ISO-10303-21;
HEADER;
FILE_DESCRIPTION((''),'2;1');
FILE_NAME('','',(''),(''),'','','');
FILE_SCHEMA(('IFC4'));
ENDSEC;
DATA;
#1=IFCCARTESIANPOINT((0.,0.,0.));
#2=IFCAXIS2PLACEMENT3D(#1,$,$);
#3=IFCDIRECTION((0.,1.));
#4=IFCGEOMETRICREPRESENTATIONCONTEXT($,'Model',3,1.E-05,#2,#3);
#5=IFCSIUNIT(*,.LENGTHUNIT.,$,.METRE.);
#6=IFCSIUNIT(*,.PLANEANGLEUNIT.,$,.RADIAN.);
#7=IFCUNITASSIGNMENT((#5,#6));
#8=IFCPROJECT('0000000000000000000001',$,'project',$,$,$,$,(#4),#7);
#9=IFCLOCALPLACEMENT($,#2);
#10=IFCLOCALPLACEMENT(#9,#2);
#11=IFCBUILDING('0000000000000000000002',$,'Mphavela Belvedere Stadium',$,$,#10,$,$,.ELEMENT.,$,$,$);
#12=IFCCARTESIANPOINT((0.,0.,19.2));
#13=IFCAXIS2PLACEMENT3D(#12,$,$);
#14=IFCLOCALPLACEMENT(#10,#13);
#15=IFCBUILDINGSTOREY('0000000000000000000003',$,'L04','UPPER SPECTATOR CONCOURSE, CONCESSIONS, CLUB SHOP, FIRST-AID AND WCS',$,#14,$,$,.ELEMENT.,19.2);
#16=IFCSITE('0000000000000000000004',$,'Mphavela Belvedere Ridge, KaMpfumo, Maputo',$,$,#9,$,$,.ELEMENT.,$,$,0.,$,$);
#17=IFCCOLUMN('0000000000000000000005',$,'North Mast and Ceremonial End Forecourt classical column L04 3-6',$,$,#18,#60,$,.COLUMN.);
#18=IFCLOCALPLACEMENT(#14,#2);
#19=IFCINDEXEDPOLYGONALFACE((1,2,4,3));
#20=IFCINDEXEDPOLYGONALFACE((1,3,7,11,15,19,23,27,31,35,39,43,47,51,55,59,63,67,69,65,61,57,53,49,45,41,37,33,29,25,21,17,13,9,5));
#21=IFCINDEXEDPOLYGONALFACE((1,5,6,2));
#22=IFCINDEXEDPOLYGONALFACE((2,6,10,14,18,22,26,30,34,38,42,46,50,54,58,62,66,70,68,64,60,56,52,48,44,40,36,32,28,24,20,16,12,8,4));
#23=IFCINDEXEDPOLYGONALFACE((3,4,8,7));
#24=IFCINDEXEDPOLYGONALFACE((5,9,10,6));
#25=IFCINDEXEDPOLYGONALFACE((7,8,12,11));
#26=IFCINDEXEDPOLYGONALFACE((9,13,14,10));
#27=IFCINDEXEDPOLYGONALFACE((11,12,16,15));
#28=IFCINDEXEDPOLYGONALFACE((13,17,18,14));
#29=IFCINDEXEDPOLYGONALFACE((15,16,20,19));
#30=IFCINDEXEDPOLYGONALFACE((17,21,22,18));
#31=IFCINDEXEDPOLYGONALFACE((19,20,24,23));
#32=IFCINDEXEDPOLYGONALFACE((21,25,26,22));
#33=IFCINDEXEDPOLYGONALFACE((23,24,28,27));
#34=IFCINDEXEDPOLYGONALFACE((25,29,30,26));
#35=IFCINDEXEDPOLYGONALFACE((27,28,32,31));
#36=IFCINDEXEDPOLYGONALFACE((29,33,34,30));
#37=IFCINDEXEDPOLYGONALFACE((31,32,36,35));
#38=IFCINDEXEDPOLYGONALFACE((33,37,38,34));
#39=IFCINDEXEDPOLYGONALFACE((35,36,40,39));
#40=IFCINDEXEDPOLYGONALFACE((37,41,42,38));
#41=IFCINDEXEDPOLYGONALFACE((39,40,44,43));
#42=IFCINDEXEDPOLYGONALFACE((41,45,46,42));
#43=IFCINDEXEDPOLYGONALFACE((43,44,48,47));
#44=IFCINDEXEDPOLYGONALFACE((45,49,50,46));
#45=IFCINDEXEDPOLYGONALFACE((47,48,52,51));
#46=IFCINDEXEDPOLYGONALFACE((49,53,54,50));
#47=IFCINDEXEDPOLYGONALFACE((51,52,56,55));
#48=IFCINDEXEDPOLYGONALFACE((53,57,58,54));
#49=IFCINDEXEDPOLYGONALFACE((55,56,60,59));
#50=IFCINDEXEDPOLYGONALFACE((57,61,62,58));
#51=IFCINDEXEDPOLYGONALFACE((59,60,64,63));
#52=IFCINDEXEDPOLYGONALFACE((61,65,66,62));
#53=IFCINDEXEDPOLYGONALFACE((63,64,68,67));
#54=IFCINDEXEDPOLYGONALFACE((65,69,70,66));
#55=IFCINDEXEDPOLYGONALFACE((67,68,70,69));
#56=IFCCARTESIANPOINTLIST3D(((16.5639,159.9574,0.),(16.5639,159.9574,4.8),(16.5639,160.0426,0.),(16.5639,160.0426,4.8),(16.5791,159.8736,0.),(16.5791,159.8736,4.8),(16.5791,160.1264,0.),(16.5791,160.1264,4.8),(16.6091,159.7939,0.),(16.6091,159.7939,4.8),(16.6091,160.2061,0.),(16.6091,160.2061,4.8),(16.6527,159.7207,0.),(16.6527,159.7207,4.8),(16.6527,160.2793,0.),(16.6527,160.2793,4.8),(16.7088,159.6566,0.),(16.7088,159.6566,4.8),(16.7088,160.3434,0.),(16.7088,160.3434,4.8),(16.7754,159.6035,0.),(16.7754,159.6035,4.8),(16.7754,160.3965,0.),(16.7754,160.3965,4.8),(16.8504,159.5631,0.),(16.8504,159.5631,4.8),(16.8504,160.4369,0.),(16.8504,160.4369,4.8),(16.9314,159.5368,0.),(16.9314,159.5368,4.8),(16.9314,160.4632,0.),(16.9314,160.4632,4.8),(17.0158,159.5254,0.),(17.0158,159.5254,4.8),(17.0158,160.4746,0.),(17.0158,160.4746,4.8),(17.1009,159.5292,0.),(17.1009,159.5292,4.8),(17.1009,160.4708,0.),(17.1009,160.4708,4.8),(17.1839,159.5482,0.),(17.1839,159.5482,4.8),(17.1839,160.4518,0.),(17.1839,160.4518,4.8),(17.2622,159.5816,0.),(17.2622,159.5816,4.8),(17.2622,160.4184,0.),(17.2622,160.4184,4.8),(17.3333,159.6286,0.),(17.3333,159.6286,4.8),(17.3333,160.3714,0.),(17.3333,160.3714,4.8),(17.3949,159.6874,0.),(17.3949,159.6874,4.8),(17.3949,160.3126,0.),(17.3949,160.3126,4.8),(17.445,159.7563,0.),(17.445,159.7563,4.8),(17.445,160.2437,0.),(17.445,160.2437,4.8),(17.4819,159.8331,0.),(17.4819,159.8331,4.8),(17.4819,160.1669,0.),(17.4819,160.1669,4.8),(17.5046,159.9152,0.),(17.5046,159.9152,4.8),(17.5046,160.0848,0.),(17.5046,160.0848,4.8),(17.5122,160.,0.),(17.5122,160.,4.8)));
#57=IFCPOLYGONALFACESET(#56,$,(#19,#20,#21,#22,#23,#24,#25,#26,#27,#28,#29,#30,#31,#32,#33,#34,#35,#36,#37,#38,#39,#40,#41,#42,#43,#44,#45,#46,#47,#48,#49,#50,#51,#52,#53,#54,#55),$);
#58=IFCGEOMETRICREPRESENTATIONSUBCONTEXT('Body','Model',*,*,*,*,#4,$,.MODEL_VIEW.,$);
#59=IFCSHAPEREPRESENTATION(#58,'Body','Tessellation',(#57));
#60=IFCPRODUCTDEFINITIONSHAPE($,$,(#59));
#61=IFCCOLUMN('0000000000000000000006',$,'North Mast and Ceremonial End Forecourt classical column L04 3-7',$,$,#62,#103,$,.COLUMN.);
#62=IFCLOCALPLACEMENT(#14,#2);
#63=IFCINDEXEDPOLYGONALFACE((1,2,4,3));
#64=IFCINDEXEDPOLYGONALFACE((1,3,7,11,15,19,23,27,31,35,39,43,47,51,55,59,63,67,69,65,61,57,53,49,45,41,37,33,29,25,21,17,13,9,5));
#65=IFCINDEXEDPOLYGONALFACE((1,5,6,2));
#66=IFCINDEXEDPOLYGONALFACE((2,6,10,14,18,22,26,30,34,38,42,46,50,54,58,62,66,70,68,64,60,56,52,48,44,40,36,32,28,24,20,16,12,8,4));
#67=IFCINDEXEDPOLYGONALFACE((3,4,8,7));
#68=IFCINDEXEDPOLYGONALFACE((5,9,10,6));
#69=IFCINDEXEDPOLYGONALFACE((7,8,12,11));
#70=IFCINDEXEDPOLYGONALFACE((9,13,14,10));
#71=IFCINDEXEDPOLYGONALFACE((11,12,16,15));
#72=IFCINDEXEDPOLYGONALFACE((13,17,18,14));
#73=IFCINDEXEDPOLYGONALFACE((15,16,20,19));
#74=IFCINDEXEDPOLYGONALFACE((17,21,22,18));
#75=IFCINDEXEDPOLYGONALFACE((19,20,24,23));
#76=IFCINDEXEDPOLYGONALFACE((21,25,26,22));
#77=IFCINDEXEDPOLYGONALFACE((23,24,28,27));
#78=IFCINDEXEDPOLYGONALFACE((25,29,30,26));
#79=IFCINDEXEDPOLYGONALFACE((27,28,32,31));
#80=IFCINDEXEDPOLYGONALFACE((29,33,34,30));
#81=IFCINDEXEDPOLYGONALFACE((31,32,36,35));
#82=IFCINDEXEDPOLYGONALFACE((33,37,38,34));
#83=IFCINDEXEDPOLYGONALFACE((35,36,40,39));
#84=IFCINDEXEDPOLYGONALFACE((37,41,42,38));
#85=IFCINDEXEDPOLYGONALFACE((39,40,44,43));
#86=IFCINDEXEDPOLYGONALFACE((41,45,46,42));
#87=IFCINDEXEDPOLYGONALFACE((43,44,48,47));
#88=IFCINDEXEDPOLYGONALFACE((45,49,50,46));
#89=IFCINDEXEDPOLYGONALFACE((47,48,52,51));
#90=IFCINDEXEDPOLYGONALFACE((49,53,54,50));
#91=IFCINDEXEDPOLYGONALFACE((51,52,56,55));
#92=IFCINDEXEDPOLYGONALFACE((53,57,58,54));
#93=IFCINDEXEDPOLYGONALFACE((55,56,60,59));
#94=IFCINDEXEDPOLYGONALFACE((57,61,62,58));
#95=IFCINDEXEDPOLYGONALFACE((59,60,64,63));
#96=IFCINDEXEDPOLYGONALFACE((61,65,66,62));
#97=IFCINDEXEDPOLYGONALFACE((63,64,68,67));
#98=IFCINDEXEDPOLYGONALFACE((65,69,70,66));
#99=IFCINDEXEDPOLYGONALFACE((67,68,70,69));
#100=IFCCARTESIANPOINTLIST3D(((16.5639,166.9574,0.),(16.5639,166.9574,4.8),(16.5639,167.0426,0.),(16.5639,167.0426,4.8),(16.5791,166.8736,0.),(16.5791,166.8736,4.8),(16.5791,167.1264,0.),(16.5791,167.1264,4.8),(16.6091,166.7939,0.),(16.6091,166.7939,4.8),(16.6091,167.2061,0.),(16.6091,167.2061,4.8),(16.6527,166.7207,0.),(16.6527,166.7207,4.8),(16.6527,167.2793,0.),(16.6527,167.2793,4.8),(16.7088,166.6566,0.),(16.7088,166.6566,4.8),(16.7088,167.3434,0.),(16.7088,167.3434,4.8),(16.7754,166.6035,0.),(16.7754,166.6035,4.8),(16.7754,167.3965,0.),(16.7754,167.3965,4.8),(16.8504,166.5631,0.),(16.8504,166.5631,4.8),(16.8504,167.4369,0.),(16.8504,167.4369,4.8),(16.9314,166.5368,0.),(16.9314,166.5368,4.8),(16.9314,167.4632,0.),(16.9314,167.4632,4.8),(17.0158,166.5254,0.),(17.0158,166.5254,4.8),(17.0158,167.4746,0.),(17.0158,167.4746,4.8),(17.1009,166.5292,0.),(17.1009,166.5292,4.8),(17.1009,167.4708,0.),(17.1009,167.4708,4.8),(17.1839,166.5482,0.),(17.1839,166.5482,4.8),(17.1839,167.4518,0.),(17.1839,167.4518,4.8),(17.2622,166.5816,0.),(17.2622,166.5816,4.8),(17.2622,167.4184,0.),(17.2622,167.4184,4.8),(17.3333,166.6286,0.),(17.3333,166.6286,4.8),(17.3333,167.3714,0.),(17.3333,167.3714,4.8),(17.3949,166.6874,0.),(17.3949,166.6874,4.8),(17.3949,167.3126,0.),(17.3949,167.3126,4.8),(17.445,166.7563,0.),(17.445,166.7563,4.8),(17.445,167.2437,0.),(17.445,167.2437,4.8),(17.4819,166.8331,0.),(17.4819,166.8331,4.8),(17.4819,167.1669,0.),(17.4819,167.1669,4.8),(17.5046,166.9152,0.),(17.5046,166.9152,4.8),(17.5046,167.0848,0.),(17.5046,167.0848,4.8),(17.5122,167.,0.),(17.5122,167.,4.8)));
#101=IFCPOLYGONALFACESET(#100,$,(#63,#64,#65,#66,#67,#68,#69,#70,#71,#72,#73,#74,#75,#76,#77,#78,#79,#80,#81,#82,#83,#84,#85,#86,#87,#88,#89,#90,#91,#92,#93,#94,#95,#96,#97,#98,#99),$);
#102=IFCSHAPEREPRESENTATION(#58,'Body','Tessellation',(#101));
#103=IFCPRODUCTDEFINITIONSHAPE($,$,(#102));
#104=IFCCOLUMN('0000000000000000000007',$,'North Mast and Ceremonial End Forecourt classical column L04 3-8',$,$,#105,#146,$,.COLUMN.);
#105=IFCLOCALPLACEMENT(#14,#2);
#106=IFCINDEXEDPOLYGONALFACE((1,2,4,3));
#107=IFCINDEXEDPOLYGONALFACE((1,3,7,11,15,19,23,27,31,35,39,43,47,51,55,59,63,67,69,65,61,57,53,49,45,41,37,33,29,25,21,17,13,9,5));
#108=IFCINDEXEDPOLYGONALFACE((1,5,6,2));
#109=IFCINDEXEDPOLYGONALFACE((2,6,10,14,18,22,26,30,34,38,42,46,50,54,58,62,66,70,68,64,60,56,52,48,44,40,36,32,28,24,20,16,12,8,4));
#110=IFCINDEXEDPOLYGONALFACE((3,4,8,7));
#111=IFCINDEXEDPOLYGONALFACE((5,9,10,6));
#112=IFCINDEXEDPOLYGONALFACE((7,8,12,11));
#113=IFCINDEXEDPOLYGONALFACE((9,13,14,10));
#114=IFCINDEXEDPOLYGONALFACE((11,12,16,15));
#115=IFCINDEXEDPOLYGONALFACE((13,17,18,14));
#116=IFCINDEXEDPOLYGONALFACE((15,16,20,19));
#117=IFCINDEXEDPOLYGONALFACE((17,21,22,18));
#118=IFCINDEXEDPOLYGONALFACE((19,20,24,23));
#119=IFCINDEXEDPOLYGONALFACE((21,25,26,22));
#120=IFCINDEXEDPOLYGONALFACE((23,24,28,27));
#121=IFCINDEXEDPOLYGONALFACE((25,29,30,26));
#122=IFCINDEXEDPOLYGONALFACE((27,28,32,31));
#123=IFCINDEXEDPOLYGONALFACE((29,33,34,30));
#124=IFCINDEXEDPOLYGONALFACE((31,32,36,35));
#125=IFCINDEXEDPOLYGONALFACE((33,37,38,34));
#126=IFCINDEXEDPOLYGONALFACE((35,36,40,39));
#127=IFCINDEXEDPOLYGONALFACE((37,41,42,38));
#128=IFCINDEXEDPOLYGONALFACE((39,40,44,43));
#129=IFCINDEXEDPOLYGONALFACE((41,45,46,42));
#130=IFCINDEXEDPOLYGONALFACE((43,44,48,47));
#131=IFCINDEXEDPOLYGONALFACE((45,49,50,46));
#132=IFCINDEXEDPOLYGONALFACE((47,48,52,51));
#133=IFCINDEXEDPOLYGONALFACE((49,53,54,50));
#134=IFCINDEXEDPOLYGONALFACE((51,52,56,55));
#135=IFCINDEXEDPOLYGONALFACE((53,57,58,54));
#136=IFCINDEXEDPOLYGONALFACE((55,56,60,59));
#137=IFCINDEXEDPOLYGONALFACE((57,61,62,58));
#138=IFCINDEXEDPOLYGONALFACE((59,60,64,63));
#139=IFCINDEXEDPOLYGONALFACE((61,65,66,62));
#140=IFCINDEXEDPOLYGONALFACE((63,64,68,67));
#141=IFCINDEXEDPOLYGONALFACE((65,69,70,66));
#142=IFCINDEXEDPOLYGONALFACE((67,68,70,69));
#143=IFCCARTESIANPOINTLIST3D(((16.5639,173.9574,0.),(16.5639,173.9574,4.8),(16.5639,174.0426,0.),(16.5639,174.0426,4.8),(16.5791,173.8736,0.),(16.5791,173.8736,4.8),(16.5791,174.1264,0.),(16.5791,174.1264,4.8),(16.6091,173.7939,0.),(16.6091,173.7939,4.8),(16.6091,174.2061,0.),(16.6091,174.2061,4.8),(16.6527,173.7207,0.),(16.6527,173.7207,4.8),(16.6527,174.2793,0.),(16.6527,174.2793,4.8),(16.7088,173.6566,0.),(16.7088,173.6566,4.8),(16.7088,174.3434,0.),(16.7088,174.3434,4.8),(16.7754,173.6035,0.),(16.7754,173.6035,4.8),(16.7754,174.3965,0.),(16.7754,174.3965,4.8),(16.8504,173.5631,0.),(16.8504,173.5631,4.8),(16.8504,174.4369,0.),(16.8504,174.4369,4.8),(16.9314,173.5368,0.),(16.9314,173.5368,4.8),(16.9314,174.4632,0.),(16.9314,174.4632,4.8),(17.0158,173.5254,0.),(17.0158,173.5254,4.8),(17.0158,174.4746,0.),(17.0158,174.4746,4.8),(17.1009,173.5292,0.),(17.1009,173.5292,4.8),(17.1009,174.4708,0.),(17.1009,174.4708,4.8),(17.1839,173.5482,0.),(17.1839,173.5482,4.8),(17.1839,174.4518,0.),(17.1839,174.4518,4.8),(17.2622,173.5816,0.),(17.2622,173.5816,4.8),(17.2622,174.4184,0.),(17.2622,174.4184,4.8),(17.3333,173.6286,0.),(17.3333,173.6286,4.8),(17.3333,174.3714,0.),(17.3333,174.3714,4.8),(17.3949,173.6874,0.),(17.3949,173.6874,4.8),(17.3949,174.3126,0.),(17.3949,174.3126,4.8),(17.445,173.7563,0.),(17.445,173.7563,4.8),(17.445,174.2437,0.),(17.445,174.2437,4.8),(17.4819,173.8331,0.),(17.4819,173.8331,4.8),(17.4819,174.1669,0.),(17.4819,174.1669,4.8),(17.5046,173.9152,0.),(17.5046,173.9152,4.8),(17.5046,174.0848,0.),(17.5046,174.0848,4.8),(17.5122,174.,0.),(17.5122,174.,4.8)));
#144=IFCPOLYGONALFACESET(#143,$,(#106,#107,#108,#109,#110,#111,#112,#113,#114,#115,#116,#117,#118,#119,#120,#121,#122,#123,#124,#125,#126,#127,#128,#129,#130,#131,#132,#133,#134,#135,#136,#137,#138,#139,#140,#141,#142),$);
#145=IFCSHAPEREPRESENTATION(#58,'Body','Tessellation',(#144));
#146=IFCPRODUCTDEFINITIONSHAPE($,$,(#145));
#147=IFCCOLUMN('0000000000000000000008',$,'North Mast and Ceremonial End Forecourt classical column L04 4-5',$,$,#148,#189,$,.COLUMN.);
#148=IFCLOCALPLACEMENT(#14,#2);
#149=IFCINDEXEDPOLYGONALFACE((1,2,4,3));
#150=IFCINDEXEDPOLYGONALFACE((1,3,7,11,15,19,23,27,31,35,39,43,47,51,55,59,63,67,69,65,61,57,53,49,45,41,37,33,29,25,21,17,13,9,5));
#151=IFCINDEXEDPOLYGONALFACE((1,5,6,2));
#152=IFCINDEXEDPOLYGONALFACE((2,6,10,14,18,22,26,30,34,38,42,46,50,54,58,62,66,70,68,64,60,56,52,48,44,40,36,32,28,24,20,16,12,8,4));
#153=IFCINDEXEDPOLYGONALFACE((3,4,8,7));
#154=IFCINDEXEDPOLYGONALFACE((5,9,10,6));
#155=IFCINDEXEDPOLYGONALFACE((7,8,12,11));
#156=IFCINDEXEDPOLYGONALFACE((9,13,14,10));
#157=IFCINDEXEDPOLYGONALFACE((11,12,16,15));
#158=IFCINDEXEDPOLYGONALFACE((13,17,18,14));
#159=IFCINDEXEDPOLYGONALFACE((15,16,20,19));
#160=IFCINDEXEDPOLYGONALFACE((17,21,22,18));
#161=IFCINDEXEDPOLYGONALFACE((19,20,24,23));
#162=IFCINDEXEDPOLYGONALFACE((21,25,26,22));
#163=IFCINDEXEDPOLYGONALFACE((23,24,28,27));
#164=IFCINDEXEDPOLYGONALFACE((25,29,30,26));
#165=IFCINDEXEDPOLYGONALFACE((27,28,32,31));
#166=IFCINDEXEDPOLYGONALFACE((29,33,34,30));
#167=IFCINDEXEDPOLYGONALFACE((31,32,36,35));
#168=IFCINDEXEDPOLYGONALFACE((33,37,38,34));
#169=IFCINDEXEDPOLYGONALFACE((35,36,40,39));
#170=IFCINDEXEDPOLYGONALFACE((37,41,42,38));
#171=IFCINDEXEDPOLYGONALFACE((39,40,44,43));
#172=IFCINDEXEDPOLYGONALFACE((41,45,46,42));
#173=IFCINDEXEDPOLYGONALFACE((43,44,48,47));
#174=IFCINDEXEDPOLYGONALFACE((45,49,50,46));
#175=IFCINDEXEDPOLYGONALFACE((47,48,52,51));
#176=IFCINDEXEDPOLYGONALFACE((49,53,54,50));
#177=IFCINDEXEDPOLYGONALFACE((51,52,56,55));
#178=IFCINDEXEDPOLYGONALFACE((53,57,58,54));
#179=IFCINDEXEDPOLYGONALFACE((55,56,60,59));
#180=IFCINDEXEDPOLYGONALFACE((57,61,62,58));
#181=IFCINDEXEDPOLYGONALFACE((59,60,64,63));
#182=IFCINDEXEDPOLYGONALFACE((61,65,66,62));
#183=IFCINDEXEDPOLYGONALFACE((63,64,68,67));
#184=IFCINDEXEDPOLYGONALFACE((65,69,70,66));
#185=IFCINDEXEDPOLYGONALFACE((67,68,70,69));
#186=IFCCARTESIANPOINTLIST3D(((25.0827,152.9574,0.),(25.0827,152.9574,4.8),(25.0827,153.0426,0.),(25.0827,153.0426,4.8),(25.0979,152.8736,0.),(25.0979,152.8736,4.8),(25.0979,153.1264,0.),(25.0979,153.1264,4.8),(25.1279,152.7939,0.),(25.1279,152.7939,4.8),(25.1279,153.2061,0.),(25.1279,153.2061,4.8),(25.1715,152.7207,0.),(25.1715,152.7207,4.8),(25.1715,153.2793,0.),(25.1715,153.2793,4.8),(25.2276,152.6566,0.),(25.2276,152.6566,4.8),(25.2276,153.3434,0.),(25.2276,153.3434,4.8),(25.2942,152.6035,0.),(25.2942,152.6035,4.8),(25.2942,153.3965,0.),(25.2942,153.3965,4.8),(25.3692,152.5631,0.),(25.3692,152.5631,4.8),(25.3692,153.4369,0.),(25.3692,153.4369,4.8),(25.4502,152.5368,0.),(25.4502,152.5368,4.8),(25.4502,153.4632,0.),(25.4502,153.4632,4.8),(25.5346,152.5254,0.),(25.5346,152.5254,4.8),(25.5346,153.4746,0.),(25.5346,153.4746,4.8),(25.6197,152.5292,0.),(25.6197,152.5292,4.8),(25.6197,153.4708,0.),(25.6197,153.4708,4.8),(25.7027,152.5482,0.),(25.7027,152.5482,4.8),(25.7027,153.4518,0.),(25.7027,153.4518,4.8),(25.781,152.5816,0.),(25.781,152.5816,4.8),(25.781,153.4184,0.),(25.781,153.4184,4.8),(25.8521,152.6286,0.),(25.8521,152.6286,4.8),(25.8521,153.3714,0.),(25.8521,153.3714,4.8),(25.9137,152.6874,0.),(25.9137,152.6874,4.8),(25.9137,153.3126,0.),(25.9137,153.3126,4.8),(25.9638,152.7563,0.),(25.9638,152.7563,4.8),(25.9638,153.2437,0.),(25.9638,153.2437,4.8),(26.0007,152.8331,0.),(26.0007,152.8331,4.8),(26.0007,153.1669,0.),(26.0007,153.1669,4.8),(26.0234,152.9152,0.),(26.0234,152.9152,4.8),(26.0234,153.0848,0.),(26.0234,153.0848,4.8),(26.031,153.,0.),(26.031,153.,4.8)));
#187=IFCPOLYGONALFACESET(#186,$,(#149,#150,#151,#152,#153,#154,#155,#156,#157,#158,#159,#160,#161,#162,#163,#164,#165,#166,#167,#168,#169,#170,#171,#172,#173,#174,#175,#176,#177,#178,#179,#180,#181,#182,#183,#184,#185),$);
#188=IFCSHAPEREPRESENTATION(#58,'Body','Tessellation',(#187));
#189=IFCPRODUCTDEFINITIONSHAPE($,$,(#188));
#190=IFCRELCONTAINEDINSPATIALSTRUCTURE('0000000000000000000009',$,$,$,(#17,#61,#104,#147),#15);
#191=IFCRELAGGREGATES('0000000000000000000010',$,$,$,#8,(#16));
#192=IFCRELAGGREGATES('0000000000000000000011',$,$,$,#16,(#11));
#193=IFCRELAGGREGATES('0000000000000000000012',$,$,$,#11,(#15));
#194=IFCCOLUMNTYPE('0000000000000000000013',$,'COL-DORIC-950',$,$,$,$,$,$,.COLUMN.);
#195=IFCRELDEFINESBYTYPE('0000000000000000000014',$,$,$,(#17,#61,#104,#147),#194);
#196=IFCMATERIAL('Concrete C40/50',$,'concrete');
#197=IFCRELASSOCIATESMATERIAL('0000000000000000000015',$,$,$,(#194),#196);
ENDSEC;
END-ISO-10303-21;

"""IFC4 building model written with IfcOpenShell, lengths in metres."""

from ifc_helpers import new_model, si_unit, direction, frame, origin, origin_2d, place, context, subcontext, project, spatial, circle, extrude, material, material_profile, profile_set, type_object, element, save


model = new_model("IFC4")

# Units and contexts
model_context = context("Model", 3, precision=1e-05, world=origin(), true_north=direction((0.0, 1.0)))
body_context = subcontext(model_context, "Body", "Model", "MODEL_VIEW")
ifc_project = project(units=[si_unit("LENGTHUNIT", "METRE"), si_unit("PLANEANGLEUNIT", "RADIAN")], contexts=[model_context])

# Site, building, storey
site_placement = place(None, origin())
site = spatial("IfcSite", under=ifc_project, at=site_placement, Name="Mphavela Belvedere Ridge, KaMpfumo, Maputo", CompositionType="ELEMENT", RefElevation=0.0)
building_placement = place(site_placement, origin())
building = spatial("IfcBuilding", under=site, at=building_placement, Name="Mphavela Belvedere Stadium", CompositionType="ELEMENT")
storey_placement = place(building_placement, frame((0.0, 0.0, 19.2)))
storey = spatial("IfcBuildingStorey", under=building, at=storey_placement, Name="L04", Description="UPPER SPECTATOR CONCOURSE, CONCESSIONS, CLUB SHOP, FIRST-AID AND WCS", CompositionType="ELEMENT", Elevation=19.2)

# Columns
ifc_material_1 = material(Name="Concrete C40/50", Category="concrete")
ifc_material_profile_1 = material_profile(ifc_material_1, circle(Radius=0.4751, at=origin_2d()), Name="COL D950")
ifc_profile_set_1 = profile_set([ifc_material_profile_1], Name="Concrete C40/50")
column_type = type_object("IfcColumnType", Name="COL-DORIC-950", PredefinedType="COLUMN", material=ifc_profile_set_1)
for number, where, z_axis, x_axis, name in (
    (1, (17.0371, 160.0, 0.0), (0.0, 0.0, 1.0), (1.0, 0.0, 0.0), "North Mast and Ceremonial End Forecourt classical column L04 3-6"),
    (2, (17.0371, 167.0, 0.0), (0.0, 0.0, 1.0), (1.0, 0.0, 0.0), "North Mast and Ceremonial End Forecourt classical column L04 3-7"),
    (3, (17.0371, 174.0, 0.0), (0.0, 0.0, 1.0), (1.0, 0.0, 0.0), "North Mast and Ceremonial End Forecourt classical column L04 3-8"),
    (4, (25.5559, 153.0, 0.0), (0.0, 0.0, 1.0), (1.0, 0.0, 0.0), "North Mast and Ceremonial End Forecourt classical column L04 4-5"),
):
    element("IfcColumn", number, at=place(storey_placement, frame(where, z_axis=z_axis, x_axis=x_axis)), inside=storey, type_object=column_type, Name=name, PredefinedType="COLUMN", context=body_context, shape_type="SweptSolid", body=[
        extrude(circle(Radius=0.4751, at=origin_2d()), origin(), (0.0, 0.0, 1.0), 4.8),
    ])

save(model, "model.ifc")
